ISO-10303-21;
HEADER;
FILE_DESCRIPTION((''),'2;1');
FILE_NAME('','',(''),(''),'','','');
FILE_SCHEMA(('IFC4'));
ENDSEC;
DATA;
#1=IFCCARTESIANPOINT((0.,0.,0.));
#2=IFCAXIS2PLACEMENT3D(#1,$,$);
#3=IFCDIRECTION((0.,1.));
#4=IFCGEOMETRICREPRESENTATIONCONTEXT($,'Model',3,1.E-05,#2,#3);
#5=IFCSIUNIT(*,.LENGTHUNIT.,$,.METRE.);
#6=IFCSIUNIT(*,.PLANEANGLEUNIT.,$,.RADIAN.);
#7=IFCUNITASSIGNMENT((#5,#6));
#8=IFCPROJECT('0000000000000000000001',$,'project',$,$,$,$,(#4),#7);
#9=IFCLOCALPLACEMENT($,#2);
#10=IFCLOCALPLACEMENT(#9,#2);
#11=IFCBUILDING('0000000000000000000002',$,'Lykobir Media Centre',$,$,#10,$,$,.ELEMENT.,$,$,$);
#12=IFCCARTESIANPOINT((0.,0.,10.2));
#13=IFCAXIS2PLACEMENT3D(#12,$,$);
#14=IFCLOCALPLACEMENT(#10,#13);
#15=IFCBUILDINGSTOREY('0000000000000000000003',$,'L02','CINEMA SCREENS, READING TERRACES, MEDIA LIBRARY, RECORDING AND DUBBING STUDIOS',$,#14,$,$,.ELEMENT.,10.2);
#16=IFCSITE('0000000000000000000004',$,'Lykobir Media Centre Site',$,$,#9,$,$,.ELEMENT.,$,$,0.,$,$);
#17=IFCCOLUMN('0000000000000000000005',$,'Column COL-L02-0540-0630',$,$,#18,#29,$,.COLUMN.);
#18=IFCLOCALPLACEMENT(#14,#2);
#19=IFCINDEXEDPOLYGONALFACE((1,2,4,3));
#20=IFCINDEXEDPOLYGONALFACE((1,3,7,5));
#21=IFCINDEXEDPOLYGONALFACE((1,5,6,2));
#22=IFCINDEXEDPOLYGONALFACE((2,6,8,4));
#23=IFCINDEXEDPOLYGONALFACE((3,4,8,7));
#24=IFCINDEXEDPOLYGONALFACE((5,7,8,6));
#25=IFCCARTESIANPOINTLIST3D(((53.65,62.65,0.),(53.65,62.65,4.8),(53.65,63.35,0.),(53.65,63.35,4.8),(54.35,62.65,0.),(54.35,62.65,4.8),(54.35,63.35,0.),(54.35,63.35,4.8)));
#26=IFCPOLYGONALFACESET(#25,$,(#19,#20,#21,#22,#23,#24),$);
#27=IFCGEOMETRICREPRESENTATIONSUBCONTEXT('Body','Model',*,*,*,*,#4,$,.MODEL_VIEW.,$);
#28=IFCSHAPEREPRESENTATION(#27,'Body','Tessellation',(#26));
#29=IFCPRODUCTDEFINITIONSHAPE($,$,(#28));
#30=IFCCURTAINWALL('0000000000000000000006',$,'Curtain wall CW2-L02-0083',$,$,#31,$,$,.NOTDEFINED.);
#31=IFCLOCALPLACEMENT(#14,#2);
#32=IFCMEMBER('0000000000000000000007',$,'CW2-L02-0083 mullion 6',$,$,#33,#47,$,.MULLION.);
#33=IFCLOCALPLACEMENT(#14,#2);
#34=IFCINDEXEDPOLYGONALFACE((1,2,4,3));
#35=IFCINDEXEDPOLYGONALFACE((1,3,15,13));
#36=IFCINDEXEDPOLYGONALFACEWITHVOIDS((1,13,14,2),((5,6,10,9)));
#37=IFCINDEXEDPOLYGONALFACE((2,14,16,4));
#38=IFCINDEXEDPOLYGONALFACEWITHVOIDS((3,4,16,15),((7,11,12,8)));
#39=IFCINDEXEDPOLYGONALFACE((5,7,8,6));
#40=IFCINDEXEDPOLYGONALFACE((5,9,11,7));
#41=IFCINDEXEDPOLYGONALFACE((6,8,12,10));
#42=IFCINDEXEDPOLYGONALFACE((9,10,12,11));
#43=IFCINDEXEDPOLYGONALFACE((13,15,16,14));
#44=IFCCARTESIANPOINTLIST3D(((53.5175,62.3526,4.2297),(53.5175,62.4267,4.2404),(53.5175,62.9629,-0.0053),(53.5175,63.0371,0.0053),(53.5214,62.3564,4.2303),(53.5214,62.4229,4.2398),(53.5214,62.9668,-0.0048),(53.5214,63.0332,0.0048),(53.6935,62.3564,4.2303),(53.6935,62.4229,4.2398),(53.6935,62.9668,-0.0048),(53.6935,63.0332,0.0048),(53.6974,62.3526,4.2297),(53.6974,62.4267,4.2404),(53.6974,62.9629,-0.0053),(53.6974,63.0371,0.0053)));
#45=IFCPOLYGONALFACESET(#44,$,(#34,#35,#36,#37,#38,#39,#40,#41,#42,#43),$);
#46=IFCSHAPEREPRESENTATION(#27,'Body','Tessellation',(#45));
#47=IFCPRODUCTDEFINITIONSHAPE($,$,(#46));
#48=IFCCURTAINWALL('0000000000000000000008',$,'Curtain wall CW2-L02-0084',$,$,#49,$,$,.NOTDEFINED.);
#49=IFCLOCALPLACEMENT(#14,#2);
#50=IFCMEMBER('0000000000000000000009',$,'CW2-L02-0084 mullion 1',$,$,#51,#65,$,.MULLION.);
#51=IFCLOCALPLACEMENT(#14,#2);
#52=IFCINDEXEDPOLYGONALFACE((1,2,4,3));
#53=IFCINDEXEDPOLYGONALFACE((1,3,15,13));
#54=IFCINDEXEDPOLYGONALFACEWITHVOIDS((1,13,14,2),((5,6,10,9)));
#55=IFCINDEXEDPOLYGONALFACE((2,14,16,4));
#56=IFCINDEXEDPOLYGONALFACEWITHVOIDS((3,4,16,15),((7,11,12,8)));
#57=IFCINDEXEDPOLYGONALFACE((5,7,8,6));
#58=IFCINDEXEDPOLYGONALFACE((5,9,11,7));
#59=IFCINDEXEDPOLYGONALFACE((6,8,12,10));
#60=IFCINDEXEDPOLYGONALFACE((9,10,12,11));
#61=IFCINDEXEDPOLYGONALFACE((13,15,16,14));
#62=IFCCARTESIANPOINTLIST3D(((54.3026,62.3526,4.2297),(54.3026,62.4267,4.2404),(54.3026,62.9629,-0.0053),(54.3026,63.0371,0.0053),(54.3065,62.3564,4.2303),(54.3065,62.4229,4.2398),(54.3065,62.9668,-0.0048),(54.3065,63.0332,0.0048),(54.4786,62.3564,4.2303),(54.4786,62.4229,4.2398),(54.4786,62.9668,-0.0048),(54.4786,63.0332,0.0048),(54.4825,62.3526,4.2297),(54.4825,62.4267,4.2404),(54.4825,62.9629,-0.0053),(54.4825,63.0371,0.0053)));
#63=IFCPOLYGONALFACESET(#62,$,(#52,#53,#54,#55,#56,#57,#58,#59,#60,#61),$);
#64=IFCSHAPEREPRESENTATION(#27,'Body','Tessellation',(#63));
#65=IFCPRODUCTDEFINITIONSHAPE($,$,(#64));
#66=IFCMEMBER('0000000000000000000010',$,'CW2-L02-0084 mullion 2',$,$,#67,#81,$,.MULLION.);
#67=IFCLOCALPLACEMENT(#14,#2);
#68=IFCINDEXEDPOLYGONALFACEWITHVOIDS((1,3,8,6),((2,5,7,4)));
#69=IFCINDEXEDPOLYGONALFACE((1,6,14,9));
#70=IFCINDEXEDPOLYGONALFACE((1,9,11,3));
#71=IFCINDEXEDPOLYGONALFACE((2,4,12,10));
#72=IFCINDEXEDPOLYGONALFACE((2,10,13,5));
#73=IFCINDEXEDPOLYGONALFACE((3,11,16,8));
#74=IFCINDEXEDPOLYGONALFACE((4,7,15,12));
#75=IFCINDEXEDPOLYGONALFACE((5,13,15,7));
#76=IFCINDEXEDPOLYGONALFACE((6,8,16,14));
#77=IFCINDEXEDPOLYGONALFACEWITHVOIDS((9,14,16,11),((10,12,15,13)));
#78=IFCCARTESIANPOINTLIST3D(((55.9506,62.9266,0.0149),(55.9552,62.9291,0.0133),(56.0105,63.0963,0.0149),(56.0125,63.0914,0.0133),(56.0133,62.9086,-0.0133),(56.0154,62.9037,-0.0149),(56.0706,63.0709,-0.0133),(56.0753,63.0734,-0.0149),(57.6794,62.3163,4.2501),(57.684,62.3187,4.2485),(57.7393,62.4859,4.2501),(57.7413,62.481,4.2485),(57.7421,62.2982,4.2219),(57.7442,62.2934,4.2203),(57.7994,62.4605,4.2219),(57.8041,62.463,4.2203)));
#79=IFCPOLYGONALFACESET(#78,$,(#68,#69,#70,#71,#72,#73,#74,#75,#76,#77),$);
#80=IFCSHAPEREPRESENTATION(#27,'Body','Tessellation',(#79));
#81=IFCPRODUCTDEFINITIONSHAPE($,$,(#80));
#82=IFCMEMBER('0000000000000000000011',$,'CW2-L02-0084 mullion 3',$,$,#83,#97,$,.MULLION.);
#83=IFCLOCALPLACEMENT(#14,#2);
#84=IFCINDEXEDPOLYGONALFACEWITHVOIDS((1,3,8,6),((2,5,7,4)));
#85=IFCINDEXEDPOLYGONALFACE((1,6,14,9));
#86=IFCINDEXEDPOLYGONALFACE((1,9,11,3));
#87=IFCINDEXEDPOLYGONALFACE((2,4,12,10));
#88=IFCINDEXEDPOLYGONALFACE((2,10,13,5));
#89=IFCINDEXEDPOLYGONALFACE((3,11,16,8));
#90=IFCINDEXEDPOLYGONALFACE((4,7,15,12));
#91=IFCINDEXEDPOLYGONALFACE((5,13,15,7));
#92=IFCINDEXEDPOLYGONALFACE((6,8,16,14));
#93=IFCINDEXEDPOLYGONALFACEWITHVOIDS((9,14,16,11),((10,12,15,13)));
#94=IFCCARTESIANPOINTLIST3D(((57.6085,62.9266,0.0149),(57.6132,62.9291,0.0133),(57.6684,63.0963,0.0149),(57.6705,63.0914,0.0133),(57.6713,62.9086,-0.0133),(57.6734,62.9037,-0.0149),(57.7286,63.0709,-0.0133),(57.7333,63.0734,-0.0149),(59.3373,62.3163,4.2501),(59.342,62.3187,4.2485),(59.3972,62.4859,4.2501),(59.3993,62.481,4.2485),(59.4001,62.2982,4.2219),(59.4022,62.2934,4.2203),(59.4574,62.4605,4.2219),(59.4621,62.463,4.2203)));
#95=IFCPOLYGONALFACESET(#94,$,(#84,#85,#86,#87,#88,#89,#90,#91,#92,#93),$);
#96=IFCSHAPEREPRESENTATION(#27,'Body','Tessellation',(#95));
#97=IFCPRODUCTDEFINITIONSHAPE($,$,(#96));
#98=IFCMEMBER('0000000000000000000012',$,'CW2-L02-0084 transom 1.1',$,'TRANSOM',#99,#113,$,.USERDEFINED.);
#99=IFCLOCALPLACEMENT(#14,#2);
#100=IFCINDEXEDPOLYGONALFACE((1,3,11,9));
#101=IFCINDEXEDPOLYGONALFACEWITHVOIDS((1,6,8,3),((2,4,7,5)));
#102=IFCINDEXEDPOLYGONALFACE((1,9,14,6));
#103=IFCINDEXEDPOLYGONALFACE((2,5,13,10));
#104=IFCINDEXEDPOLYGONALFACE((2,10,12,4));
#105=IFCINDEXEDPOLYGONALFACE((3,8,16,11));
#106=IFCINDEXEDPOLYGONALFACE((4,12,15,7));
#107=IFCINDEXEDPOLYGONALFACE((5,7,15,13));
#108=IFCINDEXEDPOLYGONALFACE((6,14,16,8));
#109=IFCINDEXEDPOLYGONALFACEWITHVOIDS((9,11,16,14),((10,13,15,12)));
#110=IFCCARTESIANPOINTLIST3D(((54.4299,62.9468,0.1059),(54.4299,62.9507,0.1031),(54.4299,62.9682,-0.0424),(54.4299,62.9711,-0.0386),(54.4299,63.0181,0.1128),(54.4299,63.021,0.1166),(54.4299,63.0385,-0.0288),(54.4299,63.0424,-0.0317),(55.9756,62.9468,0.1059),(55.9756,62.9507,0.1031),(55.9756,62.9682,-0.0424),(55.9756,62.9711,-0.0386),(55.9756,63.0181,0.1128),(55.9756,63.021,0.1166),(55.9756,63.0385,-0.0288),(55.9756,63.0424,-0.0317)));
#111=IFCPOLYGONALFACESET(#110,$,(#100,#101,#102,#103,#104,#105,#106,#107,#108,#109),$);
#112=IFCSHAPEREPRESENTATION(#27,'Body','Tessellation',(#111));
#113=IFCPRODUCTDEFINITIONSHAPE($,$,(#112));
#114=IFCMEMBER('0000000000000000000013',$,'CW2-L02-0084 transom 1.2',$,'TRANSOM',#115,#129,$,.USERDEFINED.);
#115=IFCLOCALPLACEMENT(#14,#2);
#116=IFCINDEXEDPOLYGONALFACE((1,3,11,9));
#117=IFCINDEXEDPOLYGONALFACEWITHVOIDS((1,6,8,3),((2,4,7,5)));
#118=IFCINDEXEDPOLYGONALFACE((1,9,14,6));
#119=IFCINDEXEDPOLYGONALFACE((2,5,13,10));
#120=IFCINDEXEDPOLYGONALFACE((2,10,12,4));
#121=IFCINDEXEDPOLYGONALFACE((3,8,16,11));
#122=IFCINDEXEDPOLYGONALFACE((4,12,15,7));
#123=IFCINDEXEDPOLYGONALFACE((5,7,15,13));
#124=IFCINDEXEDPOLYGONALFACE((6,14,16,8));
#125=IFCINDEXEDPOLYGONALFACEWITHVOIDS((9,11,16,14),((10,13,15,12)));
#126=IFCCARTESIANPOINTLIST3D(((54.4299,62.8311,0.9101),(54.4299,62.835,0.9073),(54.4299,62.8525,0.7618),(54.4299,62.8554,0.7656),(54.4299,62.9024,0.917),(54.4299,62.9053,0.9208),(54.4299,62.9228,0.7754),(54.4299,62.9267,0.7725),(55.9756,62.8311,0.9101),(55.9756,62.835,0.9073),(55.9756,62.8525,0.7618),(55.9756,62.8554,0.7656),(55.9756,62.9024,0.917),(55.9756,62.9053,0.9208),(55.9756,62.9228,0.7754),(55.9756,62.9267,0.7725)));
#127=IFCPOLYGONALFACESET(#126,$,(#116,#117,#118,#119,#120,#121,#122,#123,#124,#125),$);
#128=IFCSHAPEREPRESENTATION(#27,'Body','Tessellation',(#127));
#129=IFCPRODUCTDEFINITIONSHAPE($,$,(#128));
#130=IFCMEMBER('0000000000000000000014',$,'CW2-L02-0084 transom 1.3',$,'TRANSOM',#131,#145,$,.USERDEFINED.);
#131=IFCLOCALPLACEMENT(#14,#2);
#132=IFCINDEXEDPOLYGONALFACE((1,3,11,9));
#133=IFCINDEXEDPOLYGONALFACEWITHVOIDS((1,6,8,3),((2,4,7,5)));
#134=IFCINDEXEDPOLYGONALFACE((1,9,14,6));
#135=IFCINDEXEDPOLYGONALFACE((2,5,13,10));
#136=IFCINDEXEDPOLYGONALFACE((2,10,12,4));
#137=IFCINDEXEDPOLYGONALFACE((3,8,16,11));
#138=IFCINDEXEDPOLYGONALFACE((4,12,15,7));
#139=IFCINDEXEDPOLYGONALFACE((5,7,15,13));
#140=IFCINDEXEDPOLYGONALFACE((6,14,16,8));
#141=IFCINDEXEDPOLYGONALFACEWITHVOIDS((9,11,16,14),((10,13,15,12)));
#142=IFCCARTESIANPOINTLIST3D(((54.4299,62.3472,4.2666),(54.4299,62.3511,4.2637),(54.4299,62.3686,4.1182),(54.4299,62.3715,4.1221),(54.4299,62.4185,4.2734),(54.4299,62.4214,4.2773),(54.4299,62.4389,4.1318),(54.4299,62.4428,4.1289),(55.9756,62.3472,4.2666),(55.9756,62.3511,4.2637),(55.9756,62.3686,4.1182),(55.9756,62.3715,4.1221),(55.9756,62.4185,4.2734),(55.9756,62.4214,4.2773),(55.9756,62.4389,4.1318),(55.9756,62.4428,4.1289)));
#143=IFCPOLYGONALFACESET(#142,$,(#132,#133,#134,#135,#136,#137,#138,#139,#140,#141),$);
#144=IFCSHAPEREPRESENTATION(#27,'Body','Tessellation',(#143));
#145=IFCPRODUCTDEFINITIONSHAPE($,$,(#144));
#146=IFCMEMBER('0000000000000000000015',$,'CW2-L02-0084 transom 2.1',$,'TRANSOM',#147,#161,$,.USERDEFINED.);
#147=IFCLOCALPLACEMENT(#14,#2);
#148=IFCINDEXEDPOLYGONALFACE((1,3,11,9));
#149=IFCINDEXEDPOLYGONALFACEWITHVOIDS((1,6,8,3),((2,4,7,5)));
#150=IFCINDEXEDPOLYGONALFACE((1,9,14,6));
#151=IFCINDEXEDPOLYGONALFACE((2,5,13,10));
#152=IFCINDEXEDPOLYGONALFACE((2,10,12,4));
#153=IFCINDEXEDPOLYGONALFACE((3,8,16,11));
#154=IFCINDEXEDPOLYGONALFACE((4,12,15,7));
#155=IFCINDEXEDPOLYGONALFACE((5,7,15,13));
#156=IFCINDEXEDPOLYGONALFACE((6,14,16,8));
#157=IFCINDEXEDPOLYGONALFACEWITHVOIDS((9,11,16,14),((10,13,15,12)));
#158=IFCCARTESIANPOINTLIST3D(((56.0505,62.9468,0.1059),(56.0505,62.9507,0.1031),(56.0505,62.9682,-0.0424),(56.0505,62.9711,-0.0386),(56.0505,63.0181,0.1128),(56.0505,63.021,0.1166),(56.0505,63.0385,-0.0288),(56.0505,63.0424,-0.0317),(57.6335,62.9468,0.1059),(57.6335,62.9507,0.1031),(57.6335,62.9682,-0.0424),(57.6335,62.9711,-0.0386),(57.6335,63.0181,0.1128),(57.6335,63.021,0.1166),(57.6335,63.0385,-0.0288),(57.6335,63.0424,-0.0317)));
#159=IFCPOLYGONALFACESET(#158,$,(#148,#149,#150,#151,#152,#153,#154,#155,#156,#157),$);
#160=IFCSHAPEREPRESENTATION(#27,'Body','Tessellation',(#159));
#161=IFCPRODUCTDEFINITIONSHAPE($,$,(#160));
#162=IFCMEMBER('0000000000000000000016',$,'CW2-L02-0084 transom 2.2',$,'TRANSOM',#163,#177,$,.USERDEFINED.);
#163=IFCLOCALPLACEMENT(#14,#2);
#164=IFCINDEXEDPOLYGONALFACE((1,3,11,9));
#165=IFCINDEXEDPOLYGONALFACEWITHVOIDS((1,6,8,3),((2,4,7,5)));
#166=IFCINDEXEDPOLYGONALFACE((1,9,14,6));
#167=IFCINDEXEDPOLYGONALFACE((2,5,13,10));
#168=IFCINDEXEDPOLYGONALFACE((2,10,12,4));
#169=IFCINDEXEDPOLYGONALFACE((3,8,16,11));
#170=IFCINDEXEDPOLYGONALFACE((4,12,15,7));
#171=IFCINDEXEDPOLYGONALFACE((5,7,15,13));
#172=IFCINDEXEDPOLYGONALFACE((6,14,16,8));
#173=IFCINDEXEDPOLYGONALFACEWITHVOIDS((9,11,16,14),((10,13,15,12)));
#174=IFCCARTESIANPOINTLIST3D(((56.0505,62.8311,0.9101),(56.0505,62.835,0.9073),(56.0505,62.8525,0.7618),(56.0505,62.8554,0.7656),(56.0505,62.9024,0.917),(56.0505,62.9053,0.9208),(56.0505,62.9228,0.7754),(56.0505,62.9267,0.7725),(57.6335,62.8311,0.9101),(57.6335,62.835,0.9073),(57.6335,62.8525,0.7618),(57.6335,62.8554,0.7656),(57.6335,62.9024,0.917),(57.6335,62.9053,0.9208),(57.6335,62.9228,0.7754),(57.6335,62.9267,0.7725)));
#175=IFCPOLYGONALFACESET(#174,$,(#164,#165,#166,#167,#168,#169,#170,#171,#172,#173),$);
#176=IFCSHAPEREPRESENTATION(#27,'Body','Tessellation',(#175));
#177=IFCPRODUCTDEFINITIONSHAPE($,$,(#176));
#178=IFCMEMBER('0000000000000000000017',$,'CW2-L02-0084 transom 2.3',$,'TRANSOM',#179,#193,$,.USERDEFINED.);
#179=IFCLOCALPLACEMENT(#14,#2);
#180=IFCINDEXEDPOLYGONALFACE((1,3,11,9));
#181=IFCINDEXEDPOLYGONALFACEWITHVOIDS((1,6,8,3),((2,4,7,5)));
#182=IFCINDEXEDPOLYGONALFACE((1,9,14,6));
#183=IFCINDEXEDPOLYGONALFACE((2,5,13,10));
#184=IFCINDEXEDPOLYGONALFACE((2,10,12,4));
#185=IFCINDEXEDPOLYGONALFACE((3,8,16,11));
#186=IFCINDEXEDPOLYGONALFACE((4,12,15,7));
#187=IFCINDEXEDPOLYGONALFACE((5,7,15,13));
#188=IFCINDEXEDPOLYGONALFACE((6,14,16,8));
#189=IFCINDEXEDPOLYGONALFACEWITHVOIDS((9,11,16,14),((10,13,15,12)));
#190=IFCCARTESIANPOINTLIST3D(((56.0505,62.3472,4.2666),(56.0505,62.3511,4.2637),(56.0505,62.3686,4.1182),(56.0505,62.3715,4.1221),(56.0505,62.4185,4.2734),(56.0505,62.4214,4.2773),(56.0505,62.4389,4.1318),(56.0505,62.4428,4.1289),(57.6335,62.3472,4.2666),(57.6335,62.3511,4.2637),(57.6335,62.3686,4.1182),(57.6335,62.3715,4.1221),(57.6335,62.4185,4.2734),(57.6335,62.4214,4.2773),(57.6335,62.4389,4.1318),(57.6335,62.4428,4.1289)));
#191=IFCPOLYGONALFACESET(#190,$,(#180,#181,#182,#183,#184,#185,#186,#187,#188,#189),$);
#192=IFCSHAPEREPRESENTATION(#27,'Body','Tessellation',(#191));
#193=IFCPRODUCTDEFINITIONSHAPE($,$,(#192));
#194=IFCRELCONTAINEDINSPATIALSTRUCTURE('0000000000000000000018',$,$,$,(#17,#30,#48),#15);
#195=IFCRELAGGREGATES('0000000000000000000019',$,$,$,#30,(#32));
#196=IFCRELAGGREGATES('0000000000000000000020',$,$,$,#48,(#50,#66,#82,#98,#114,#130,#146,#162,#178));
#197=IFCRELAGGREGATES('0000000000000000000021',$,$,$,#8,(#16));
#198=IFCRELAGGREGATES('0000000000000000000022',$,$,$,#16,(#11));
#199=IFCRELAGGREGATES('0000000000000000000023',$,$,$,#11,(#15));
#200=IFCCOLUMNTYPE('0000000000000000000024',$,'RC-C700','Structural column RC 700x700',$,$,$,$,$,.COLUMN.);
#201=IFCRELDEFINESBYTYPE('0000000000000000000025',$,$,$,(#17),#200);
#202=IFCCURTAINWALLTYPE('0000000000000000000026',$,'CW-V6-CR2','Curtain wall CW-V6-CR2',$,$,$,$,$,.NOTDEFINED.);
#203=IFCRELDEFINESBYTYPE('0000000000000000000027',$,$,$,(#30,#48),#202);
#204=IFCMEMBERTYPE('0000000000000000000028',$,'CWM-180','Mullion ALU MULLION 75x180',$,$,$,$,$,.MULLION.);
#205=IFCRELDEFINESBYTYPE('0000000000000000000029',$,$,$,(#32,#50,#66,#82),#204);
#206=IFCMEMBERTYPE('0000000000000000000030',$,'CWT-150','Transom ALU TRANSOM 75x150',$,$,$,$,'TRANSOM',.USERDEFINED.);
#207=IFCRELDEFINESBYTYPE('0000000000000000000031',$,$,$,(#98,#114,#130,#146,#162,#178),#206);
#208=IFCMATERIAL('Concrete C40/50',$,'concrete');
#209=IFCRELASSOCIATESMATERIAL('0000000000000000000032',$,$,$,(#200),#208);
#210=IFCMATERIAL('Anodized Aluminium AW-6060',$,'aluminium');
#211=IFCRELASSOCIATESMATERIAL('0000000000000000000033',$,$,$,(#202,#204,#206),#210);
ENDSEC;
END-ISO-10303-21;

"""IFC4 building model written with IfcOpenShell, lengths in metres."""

from ifc_helpers import new_model, si_unit, direction, frame, origin, origin_2d, place, context, subcontext, project, spatial, rectangle, hollow_rectangle, extrude, material, material_profile, profile_set, type_object, element, aggregate, save


model = new_model("IFC4")

# Units and contexts
model_context = context("Model", 3, precision=1e-05, world=origin(), true_north=direction((0.0, 1.0)))
body_context = subcontext(model_context, "Body", "Model", "MODEL_VIEW")
ifc_project = project(units=[si_unit("LENGTHUNIT", "METRE"), si_unit("PLANEANGLEUNIT", "RADIAN")], contexts=[model_context])

# Site, building, storey
site_placement = place(None, origin())
site = spatial("IfcSite", under=ifc_project, at=site_placement, Name="Lykobir Media Centre Site", CompositionType="ELEMENT", RefElevation=0.0)
building_placement = place(site_placement, origin())
building = spatial("IfcBuilding", under=site, at=building_placement, Name="Lykobir Media Centre", CompositionType="ELEMENT")
storey_placement = place(building_placement, frame((0.0, 0.0, 10.2)))
storey = spatial("IfcBuildingStorey", under=building, at=storey_placement, Name="L02", Description="CINEMA SCREENS, READING TERRACES, MEDIA LIBRARY, RECORDING AND DUBBING STUDIOS", CompositionType="ELEMENT", Elevation=10.2)

# Column
ifc_material_1 = material(Name="Concrete C40/50", Category="concrete")
ifc_material_profile_1 = material_profile(ifc_material_1, rectangle(XDim=0.7, YDim=0.7, at=origin_2d()), Name="RC 700x700")
ifc_profile_set_1 = profile_set([ifc_material_profile_1], Name="Concrete C40/50")
column_type = type_object("IfcColumnType", Name="RC-C700", Description="Structural column RC 700x700", PredefinedType="COLUMN", material=ifc_profile_set_1)
column_placement = place(storey_placement, frame((54.0, 63.0, 0.0), z_axis=(0.0, 0.0, 1.0), x_axis=(1.0, 0.0, 0.0)))
element("IfcColumn", 1, at=column_placement, inside=storey, type_object=column_type, Name="Column COL-L02-0540-0630", PredefinedType="COLUMN", context=body_context, shape_type="SweptSolid", body=[
    extrude(rectangle(XDim=0.7, YDim=0.7, at=origin_2d()), origin(), (0.0, 0.0, 1.0), 4.8),
])

# Curtain wall, member
ifc_material_2 = material(Name="Anodized Aluminium AW-6060", Category="aluminium")
curtain_wall_type = type_object("IfcCurtainWallType", Name="CW-V6-CR2", Description="Curtain wall CW-V6-CR2", PredefinedType="NOTDEFINED", material=ifc_material_2)
curtain_wall_1_placement = place(storey_placement, origin())
curtain_wall_1 = element("IfcCurtainWall", 2, at=curtain_wall_1_placement, inside=storey, type_object=curtain_wall_type, Name="Curtain wall CW2-L02-0083", PredefinedType="NOTDEFINED")
ifc_material_profile_2 = material_profile(ifc_material_2, hollow_rectangle(XDim=0.075, YDim=0.1799, WallThickness=0.0039, at=origin_2d()), Name="ALU MULLION 75x180")
ifc_profile_set_2 = profile_set([ifc_material_profile_2], Name="Anodized Aluminium AW-6060")
member_type_1 = type_object("IfcMemberType", Name="CWM-180", Description="Mullion ALU MULLION 75x180", PredefinedType="MULLION", material=ifc_profile_set_2)
member_1_placement = place(storey_placement, frame((53.6074, 63.0, 0.0), z_axis=(0.0, -0.142643, 0.989774), x_axis=(0.0, 0.989774, 0.142643)))
member_1 = element("IfcMember", 3, at=member_1_placement, type_object=member_type_1, Name="CW2-L02-0083 mullion 6", PredefinedType="MULLION", context=body_context, shape_type="SweptSolid", body=[
    extrude(hollow_rectangle(XDim=0.075, YDim=0.1799, WallThickness=0.0039, at=origin_2d()), origin(), (0.0, 0.0, 1.0), 4.2788),
])
aggregate(curtain_wall_1, [member_1])

# Curtain wall, members
curtain_wall_2_placement = place(storey_placement, origin())
curtain_wall_2 = element("IfcCurtainWall", 4, at=curtain_wall_2_placement, inside=storey, type_object=curtain_wall_type, Name="Curtain wall CW2-L02-0084", PredefinedType="NOTDEFINED")
member_2_placement = place(storey_placement, frame((54.3926, 63.0, 0.0), z_axis=(0.0, -0.142643, 0.989774), x_axis=(0.0, 0.989774, 0.142643)))
member_2 = element("IfcMember", 5, at=member_2_placement, type_object=member_type_1, Name="CW2-L02-0084 mullion 1", PredefinedType="MULLION", context=body_context, shape_type="SweptSolid", body=[
    extrude(hollow_rectangle(XDim=0.075, YDim=0.1799, WallThickness=0.0039, at=origin_2d()), origin(), (0.0, 0.0, 1.0), 4.2788),
])
member_3_placement = place(storey_placement, frame((56.0129, 63.0, 0.0), z_axis=(0.374604, -0.132257, 0.917704), x_axis=(-0.865354, 0.30552, 0.397266)))
member_3 = element("IfcMember", 6, at=member_3_placement, type_object=member_type_1, Name="CW2-L02-0084 mullion 2", PredefinedType="MULLION", context=body_context, shape_type="SweptSolid", body=[
    extrude(hollow_rectangle(XDim=0.075, YDim=0.1799, WallThickness=0.0039, at=origin_2d()), origin(), (0.0, 0.0, 1.0), 4.615),
])
member_4_placement = place(storey_placement, frame((57.6709, 63.0, 0.0), z_axis=(0.374604, -0.132257, 0.917704), x_axis=(-0.865354, 0.30552, 0.397266)))
member_4 = element("IfcMember", 7, at=member_4_placement, type_object=member_type_1, Name="CW2-L02-0084 mullion 3", PredefinedType="MULLION", context=body_context, shape_type="SweptSolid", body=[
    extrude(hollow_rectangle(XDim=0.075, YDim=0.1799, WallThickness=0.0039, at=origin_2d()), origin(), (0.0, 0.0, 1.0), 4.615),
])
ifc_material_profile_3 = material_profile(ifc_material_2, hollow_rectangle(XDim=0.075, YDim=0.1499, WallThickness=0.0034, at=origin_2d()), Name="ALU TRANSOM 75x150")
ifc_profile_set_3 = profile_set([ifc_material_profile_3], Name="Anodized Aluminium AW-6060")
member_type_2 = type_object("IfcMemberType", Name="CWT-150", Description="Transom ALU TRANSOM 75x150", ElementType="TRANSOM", PredefinedType="USERDEFINED", material=ifc_profile_set_3)
member_5_placement = place(storey_placement, frame((54.4299, 62.9946, 0.0371), z_axis=(1.0, 0.0, 0.0), x_axis=(0.0, 0.989776, 0.142629)))
member_5 = element("IfcMember", 8, at=member_5_placement, type_object=member_type_2, Name="CW2-L02-0084 transom 1.1", ObjectType="TRANSOM", PredefinedType="USERDEFINED", context=body_context, shape_type="SweptSolid", body=[
    extrude(hollow_rectangle(XDim=0.075, YDim=0.1499, WallThickness=0.0034, at=origin_2d()), origin(), (0.0, 0.0, 1.0), 1.5457),
])
member_6_placement = place(storey_placement, frame((54.4299, 62.8789, 0.8413), z_axis=(1.0, 0.0, 0.0), x_axis=(0.0, 0.989776, 0.142629)))
member_6 = element("IfcMember", 9, at=member_6_placement, type_object=member_type_2, Name="CW2-L02-0084 transom 1.2", ObjectType="TRANSOM", PredefinedType="USERDEFINED", context=body_context, shape_type="SweptSolid", body=[
    extrude(hollow_rectangle(XDim=0.075, YDim=0.1499, WallThickness=0.0034, at=origin_2d()), origin(), (0.0, 0.0, 1.0), 1.5457),
])
member_7_placement = place(storey_placement, frame((54.4299, 62.395, 4.1978), z_axis=(1.0, 0.0, 0.0), x_axis=(0.0, 0.989776, 0.142629)))
member_7 = element("IfcMember", 10, at=member_7_placement, type_object=member_type_2, Name="CW2-L02-0084 transom 1.3", ObjectType="TRANSOM", PredefinedType="USERDEFINED", context=body_context, shape_type="SweptSolid", body=[
    extrude(hollow_rectangle(XDim=0.075, YDim=0.1499, WallThickness=0.0034, at=origin_2d()), origin(), (0.0, 0.0, 1.0), 1.5457),
])
member_8_placement = place(storey_placement, frame((56.0505, 62.9946, 0.0371), z_axis=(1.0, 0.0, 0.0), x_axis=(0.0, 0.989776, 0.142629)))
member_8 = element("IfcMember", 11, at=member_8_placement, type_object=member_type_2, Name="CW2-L02-0084 transom 2.1", ObjectType="TRANSOM", PredefinedType="USERDEFINED", context=body_context, shape_type="SweptSolid", body=[
    extrude(hollow_rectangle(XDim=0.075, YDim=0.1499, WallThickness=0.0034, at=origin_2d()), origin(), (0.0, 0.0, 1.0), 1.583),
])
member_9_placement = place(storey_placement, frame((56.0505, 62.8789, 0.8413), z_axis=(1.0, 0.0, 0.0), x_axis=(0.0, 0.989776, 0.142629)))
member_9 = element("IfcMember", 12, at=member_9_placement, type_object=member_type_2, Name="CW2-L02-0084 transom 2.2", ObjectType="TRANSOM", PredefinedType="USERDEFINED", context=body_context, shape_type="SweptSolid", body=[
    extrude(hollow_rectangle(XDim=0.075, YDim=0.1499, WallThickness=0.0034, at=origin_2d()), origin(), (0.0, 0.0, 1.0), 1.583),
])
member_10_placement = place(storey_placement, frame((56.0505, 62.395, 4.1978), z_axis=(1.0, 0.0, 0.0), x_axis=(0.0, 0.989776, 0.142629)))
member_10 = element("IfcMember", 13, at=member_10_placement, type_object=member_type_2, Name="CW2-L02-0084 transom 2.3", ObjectType="TRANSOM", PredefinedType="USERDEFINED", context=body_context, shape_type="SweptSolid", body=[
    extrude(hollow_rectangle(XDim=0.075, YDim=0.1499, WallThickness=0.0034, at=origin_2d()), origin(), (0.0, 0.0, 1.0), 1.583),
])

aggregate(curtain_wall_2, [member_2, member_3, member_4, member_5, member_6, member_7, member_8, member_9, member_10])

save(model, "model.ifc")
